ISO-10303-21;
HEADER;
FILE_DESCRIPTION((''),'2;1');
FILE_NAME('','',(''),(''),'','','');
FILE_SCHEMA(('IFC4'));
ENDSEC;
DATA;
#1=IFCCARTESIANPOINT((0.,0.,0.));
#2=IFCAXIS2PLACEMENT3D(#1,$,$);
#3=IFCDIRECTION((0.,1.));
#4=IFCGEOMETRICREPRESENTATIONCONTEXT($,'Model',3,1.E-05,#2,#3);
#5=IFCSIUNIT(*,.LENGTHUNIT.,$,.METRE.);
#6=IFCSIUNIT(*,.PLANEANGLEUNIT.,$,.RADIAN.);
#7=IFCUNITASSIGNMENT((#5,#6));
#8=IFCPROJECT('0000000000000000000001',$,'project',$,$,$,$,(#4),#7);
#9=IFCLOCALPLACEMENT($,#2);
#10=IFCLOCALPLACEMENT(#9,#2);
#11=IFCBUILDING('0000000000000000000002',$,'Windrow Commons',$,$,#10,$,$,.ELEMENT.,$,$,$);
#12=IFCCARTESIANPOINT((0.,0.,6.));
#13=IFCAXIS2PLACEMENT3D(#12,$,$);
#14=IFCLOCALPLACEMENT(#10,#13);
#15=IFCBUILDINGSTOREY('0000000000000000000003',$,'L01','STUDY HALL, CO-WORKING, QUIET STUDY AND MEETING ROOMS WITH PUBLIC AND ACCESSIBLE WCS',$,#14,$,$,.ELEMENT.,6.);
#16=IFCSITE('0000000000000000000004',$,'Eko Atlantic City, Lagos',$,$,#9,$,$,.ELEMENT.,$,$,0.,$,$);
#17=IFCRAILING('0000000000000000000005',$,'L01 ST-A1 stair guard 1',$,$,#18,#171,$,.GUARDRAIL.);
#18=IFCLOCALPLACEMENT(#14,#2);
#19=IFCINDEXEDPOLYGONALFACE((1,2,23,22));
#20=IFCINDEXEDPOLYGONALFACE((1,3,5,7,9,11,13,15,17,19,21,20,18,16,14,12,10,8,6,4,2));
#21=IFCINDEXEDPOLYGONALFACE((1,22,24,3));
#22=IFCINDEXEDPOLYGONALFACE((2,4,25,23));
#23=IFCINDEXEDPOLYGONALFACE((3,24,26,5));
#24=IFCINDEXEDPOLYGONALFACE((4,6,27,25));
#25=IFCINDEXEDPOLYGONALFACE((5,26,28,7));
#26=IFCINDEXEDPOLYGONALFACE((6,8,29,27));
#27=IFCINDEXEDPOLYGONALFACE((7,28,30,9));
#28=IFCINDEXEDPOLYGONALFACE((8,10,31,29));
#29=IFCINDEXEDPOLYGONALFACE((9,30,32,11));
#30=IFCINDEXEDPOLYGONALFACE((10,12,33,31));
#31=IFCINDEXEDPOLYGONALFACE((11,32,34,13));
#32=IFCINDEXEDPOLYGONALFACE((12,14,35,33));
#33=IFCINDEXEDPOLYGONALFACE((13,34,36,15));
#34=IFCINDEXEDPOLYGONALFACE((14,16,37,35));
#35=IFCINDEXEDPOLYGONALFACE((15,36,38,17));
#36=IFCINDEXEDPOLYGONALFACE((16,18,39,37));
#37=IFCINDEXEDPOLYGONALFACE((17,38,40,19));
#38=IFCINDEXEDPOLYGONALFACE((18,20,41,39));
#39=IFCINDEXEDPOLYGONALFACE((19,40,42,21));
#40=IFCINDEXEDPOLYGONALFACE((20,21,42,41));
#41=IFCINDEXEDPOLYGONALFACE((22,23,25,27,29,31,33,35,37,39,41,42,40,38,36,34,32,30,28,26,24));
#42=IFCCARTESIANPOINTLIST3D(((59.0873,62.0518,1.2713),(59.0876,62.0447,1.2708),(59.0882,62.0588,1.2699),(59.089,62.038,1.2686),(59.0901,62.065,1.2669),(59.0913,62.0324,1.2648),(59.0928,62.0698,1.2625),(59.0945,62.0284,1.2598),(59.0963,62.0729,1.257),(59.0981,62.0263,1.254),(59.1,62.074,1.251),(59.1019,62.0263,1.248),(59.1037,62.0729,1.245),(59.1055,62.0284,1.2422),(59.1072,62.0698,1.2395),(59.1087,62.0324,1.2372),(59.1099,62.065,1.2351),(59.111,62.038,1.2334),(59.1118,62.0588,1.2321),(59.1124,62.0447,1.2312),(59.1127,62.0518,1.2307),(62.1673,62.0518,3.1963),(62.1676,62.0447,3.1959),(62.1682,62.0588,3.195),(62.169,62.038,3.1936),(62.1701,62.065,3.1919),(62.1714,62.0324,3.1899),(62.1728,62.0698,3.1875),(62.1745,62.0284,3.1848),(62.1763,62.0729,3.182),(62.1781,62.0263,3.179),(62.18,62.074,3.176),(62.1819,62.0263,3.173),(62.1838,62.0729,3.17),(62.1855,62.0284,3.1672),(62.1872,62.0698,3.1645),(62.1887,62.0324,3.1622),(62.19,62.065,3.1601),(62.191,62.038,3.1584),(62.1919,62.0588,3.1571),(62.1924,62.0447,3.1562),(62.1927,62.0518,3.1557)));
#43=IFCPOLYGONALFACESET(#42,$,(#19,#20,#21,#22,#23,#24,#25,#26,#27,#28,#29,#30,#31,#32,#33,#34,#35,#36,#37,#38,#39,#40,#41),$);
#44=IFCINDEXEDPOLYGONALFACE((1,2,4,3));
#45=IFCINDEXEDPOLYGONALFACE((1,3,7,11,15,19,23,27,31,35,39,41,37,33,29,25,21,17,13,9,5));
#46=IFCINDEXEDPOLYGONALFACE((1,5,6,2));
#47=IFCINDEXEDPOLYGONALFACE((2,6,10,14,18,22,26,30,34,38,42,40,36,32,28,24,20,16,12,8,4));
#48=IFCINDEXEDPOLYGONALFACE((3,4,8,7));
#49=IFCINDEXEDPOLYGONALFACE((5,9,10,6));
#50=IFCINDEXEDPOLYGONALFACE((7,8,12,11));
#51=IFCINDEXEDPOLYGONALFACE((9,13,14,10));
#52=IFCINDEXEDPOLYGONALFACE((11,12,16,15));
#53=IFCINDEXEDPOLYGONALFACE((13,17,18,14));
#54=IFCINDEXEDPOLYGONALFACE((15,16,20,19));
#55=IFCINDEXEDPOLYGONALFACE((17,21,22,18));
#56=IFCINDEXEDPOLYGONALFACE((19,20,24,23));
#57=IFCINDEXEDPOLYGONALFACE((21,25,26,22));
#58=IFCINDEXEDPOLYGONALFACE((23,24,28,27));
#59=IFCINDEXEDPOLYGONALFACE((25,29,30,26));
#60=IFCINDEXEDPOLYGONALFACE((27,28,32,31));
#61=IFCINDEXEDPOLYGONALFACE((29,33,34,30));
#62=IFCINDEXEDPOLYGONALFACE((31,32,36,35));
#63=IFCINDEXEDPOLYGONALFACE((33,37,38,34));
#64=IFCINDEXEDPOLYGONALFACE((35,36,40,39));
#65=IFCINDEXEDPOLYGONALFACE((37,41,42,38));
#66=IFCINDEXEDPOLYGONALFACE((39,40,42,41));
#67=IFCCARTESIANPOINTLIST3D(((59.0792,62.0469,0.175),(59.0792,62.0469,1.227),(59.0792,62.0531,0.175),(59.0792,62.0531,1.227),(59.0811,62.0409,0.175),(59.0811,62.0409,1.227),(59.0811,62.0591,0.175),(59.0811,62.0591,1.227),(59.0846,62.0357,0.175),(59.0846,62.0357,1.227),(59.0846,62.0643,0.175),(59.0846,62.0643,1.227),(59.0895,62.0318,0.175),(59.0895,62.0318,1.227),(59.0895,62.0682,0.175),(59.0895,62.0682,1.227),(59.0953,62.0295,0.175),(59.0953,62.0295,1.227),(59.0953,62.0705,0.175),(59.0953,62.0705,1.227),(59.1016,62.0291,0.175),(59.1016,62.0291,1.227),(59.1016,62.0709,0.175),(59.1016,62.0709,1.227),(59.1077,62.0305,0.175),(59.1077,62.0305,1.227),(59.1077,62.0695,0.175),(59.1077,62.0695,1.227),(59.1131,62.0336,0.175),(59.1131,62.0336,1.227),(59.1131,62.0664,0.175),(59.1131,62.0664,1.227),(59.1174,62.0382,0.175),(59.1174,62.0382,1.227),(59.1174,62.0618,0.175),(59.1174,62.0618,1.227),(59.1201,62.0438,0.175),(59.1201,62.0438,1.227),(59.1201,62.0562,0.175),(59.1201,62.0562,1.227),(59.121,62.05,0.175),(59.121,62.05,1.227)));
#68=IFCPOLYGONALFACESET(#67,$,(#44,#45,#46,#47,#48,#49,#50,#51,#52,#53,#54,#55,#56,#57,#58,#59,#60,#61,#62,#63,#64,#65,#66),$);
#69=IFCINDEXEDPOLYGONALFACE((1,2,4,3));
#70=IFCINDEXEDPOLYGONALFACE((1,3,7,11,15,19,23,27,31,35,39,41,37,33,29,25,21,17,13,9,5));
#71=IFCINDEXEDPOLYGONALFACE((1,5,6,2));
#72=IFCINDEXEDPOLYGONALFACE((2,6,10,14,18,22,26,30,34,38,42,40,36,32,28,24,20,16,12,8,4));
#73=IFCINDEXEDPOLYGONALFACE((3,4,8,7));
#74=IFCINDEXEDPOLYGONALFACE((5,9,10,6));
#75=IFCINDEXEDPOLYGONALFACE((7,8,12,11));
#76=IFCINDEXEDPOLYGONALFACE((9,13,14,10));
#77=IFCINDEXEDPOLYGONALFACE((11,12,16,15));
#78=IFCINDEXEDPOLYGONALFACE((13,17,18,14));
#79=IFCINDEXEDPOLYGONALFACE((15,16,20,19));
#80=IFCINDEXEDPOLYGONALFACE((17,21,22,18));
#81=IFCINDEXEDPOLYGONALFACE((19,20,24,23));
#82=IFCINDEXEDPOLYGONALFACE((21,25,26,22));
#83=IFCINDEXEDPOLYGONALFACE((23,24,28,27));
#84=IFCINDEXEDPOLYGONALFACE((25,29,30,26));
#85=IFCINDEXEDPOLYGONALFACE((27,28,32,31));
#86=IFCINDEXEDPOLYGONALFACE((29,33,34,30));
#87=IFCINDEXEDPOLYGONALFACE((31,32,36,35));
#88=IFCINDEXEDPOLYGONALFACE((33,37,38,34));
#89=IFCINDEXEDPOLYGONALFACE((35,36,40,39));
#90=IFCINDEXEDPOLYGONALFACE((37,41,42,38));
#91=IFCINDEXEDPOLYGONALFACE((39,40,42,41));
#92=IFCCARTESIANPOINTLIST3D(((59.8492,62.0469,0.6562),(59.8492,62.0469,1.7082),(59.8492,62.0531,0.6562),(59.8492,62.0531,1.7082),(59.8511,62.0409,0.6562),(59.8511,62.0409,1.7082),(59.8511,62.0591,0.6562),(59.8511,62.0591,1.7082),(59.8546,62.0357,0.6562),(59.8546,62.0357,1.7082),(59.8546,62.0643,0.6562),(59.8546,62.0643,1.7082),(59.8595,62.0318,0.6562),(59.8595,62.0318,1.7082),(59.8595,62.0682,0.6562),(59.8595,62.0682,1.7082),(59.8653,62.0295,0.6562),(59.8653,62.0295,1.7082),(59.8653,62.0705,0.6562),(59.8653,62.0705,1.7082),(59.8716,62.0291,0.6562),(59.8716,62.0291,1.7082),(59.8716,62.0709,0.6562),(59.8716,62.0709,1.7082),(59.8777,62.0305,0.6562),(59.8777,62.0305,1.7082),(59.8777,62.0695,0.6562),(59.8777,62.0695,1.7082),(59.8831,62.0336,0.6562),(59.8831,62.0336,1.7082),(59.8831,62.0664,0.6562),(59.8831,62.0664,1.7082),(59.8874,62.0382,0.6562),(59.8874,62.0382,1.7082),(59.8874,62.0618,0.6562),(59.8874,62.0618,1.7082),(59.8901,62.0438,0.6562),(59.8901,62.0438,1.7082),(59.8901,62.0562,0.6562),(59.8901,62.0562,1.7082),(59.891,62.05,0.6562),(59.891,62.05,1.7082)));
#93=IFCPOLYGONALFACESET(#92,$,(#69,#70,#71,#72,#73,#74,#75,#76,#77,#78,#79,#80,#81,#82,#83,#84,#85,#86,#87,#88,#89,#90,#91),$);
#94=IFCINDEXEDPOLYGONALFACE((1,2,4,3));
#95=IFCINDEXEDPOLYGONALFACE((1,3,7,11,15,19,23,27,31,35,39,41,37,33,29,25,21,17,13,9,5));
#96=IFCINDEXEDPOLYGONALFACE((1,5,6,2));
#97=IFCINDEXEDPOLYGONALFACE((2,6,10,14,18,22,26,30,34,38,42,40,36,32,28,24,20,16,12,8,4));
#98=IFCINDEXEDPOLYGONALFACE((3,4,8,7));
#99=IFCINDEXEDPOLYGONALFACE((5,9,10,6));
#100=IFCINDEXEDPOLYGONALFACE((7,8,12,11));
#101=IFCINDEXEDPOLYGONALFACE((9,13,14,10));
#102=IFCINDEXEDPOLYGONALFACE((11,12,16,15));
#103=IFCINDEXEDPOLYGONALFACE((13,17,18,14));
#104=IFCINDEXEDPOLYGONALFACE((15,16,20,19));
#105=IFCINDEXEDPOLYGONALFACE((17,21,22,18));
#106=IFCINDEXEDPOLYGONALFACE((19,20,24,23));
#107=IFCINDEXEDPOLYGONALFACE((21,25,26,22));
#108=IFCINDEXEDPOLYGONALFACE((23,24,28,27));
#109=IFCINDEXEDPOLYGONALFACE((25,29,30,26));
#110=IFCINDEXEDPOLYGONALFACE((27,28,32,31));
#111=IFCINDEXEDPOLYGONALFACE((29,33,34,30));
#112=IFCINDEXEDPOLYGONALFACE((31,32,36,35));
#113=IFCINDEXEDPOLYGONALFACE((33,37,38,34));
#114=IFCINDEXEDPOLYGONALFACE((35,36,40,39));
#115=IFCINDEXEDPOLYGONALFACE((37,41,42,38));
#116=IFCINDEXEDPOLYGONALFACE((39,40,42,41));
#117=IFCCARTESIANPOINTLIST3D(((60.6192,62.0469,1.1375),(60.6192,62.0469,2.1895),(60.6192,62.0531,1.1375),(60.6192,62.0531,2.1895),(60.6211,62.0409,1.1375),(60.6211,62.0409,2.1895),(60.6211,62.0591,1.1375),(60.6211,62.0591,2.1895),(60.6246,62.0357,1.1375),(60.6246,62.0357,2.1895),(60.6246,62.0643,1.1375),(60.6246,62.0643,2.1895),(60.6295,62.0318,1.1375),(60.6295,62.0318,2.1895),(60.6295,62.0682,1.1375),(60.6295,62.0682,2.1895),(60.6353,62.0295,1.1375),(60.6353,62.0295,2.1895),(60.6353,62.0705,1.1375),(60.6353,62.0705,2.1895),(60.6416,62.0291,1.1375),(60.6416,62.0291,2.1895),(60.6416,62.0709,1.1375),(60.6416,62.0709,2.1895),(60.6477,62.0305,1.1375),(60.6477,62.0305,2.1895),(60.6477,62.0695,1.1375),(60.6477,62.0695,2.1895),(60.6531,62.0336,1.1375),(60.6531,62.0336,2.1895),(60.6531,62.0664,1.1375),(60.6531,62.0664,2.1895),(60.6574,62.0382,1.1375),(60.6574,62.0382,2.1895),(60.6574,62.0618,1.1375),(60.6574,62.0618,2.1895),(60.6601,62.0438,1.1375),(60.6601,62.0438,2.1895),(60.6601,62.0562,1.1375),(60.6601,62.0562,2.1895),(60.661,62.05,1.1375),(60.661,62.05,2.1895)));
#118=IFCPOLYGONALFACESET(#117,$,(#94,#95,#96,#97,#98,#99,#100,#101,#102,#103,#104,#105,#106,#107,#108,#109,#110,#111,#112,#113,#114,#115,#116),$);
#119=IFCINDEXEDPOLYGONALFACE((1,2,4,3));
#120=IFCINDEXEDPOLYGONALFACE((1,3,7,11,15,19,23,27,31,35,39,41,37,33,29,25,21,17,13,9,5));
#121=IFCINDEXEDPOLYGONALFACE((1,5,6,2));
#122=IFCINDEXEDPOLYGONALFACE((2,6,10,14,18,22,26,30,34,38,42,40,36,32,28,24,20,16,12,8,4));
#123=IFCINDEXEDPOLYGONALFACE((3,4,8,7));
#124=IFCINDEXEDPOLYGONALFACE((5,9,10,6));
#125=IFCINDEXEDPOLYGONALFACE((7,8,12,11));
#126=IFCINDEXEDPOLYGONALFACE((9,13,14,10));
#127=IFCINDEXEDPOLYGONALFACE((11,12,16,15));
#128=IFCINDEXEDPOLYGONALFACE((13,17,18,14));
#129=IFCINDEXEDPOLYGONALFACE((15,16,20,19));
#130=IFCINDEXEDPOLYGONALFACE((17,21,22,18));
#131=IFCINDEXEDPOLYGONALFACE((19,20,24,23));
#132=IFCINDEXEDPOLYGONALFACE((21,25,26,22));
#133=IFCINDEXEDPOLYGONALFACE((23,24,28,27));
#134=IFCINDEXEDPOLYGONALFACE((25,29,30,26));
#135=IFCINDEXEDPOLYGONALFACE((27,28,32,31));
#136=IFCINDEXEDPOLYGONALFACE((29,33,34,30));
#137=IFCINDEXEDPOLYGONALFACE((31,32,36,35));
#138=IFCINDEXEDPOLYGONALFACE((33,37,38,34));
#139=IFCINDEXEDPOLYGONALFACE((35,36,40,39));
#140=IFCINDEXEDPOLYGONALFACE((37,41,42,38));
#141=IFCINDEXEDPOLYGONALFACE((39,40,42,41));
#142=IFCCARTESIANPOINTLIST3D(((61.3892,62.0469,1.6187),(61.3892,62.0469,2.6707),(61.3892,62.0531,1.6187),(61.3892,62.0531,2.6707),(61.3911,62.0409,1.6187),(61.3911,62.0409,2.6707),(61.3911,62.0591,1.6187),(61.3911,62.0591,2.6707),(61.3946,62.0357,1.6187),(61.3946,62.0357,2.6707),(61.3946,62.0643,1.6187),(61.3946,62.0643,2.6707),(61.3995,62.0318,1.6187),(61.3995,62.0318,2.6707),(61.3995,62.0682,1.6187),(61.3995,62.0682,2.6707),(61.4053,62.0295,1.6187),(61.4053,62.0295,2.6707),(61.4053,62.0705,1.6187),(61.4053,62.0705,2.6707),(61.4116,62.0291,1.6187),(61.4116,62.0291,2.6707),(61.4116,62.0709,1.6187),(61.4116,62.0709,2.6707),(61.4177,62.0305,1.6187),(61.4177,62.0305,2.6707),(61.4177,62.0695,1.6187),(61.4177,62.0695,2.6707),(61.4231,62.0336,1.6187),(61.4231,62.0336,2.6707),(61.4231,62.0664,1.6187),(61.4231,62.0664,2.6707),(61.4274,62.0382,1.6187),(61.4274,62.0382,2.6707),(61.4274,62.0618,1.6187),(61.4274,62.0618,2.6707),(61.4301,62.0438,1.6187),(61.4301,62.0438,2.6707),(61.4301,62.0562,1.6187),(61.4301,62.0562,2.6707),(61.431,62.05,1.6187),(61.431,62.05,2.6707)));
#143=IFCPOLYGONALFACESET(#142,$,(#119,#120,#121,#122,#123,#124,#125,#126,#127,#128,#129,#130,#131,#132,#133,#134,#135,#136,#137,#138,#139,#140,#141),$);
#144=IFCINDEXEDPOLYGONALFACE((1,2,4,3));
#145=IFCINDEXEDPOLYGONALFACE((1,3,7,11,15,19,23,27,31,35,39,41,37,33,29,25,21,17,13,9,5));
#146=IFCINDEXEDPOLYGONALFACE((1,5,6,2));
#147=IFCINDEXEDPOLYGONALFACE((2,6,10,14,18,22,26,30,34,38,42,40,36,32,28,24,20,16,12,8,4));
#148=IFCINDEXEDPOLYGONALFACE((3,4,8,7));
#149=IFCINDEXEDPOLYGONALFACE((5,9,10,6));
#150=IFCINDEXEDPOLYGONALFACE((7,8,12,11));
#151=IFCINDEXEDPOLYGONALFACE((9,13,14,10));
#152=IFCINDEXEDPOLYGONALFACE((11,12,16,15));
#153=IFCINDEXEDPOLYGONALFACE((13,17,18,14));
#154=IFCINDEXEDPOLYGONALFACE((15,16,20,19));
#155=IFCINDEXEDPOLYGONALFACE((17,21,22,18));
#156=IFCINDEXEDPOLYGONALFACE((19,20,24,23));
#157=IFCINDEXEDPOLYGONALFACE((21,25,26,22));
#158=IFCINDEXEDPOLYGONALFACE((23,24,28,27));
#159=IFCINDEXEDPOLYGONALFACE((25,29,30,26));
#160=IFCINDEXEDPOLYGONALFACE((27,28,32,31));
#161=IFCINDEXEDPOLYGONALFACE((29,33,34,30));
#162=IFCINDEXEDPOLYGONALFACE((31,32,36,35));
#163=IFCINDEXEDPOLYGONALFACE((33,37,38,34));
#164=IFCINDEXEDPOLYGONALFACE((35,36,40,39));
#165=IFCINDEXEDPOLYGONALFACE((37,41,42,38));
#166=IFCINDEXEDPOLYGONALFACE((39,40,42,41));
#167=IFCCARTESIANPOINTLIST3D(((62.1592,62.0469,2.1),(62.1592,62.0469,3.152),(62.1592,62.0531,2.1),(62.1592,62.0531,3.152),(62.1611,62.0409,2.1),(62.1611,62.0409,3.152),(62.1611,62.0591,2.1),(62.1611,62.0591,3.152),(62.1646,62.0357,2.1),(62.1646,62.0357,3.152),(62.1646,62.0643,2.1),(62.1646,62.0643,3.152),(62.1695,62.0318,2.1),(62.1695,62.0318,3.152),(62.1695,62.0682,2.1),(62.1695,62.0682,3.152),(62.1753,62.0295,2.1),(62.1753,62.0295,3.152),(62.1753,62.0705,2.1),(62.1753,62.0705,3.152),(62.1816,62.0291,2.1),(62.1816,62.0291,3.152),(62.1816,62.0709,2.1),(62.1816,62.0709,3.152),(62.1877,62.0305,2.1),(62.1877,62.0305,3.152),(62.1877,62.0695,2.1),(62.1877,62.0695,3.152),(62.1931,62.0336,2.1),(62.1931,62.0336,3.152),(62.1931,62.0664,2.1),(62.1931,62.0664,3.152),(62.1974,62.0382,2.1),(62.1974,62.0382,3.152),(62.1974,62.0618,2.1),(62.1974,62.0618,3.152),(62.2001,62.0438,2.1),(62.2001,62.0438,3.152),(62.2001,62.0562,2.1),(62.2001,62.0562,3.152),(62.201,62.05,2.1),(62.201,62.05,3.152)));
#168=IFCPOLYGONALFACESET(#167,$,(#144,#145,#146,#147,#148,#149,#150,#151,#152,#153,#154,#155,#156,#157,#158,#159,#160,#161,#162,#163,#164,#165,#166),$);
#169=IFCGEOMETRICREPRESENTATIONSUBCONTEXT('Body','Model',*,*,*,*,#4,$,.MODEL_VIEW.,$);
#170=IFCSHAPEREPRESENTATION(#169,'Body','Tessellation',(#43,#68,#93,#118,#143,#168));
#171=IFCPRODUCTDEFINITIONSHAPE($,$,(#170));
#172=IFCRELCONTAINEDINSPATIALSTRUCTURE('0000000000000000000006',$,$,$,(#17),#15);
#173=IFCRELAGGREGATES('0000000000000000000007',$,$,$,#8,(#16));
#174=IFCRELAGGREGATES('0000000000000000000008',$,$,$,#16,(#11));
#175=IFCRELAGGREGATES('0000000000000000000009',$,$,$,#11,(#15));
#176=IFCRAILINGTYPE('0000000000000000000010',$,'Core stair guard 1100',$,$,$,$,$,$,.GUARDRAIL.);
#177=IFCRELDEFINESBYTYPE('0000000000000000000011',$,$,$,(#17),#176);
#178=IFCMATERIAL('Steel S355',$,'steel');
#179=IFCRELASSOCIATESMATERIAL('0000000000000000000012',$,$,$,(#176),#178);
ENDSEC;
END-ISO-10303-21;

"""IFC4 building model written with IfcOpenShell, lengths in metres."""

from ifc_helpers import new_model, si_unit, direction, frame, origin, origin_2d, place, context, subcontext, project, spatial, circle, extrude, material, type_object, element, save


model = new_model("IFC4")

# Units and contexts
model_context = context("Model", 3, precision=1e-05, world=origin(), true_north=direction((0.0, 1.0)))
body_context = subcontext(model_context, "Body", "Model", "MODEL_VIEW")
ifc_project = project(units=[si_unit("LENGTHUNIT", "METRE"), si_unit("PLANEANGLEUNIT", "RADIAN")], contexts=[model_context])

# Site, building, storey
site_placement = place(None, origin())
site = spatial("IfcSite", under=ifc_project, at=site_placement, Name="Eko Atlantic City, Lagos", CompositionType="ELEMENT", RefElevation=0.0)
building_placement = place(site_placement, origin())
building = spatial("IfcBuilding", under=site, at=building_placement, Name="Windrow Commons", CompositionType="ELEMENT")
storey_placement = place(building_placement, frame((0.0, 0.0, 6.0)))
storey = spatial("IfcBuildingStorey", under=building, at=storey_placement, Name="L01", Description="STUDY HALL, CO-WORKING, QUIET STUDY AND MEETING ROOMS WITH PUBLIC AND ACCESSIBLE WCS", CompositionType="ELEMENT", Elevation=6.0)

# Railing
ifc_material_1 = material(Name="Steel S355", Category="steel")
railing_type_1 = type_object("IfcRailingType", Name="Core stair guard 1100", PredefinedType="GUARDRAIL", material=ifc_material_1)
railing_1_placement = place(storey_placement, frame((59.1, 62.05, 0.175)))
element("IfcRailing", 1, at=railing_1_placement, inside=storey, type_object=railing_type_1, Name="L01 ST-A1 stair guard 1", PredefinedType="GUARDRAIL", context=body_context, shape_type="SweptSolid", body=[
    extrude(circle(Radius=0.024, at=origin_2d()), frame((0.0, 0.0, 1.076), z_axis=(0.847998, 0.0, 0.529999), x_axis=(0.0, 1.0, 0.0)), (0.0, 0.0, 1.0), 3.6321),
    extrude(circle(Radius=0.021, at=origin_2d()), origin(), (0.0, 0.0, 1.0), 1.052),
    extrude(circle(Radius=0.021, at=origin_2d()), frame((0.77, 0.0, 0.4812)), (0.0, 0.0, 1.0), 1.052),
    extrude(circle(Radius=0.021, at=origin_2d()), frame((1.54, 0.0, 0.9625)), (0.0, 0.0, 1.0), 1.052),
    extrude(circle(Radius=0.021, at=origin_2d()), frame((2.31, 0.0, 1.4437)), (0.0, 0.0, 1.0), 1.052),
    extrude(circle(Radius=0.021, at=origin_2d()), frame((3.08, 0.0, 1.925)), (0.0, 0.0, 1.0), 1.052),
])

save(model, "model.ifc")
